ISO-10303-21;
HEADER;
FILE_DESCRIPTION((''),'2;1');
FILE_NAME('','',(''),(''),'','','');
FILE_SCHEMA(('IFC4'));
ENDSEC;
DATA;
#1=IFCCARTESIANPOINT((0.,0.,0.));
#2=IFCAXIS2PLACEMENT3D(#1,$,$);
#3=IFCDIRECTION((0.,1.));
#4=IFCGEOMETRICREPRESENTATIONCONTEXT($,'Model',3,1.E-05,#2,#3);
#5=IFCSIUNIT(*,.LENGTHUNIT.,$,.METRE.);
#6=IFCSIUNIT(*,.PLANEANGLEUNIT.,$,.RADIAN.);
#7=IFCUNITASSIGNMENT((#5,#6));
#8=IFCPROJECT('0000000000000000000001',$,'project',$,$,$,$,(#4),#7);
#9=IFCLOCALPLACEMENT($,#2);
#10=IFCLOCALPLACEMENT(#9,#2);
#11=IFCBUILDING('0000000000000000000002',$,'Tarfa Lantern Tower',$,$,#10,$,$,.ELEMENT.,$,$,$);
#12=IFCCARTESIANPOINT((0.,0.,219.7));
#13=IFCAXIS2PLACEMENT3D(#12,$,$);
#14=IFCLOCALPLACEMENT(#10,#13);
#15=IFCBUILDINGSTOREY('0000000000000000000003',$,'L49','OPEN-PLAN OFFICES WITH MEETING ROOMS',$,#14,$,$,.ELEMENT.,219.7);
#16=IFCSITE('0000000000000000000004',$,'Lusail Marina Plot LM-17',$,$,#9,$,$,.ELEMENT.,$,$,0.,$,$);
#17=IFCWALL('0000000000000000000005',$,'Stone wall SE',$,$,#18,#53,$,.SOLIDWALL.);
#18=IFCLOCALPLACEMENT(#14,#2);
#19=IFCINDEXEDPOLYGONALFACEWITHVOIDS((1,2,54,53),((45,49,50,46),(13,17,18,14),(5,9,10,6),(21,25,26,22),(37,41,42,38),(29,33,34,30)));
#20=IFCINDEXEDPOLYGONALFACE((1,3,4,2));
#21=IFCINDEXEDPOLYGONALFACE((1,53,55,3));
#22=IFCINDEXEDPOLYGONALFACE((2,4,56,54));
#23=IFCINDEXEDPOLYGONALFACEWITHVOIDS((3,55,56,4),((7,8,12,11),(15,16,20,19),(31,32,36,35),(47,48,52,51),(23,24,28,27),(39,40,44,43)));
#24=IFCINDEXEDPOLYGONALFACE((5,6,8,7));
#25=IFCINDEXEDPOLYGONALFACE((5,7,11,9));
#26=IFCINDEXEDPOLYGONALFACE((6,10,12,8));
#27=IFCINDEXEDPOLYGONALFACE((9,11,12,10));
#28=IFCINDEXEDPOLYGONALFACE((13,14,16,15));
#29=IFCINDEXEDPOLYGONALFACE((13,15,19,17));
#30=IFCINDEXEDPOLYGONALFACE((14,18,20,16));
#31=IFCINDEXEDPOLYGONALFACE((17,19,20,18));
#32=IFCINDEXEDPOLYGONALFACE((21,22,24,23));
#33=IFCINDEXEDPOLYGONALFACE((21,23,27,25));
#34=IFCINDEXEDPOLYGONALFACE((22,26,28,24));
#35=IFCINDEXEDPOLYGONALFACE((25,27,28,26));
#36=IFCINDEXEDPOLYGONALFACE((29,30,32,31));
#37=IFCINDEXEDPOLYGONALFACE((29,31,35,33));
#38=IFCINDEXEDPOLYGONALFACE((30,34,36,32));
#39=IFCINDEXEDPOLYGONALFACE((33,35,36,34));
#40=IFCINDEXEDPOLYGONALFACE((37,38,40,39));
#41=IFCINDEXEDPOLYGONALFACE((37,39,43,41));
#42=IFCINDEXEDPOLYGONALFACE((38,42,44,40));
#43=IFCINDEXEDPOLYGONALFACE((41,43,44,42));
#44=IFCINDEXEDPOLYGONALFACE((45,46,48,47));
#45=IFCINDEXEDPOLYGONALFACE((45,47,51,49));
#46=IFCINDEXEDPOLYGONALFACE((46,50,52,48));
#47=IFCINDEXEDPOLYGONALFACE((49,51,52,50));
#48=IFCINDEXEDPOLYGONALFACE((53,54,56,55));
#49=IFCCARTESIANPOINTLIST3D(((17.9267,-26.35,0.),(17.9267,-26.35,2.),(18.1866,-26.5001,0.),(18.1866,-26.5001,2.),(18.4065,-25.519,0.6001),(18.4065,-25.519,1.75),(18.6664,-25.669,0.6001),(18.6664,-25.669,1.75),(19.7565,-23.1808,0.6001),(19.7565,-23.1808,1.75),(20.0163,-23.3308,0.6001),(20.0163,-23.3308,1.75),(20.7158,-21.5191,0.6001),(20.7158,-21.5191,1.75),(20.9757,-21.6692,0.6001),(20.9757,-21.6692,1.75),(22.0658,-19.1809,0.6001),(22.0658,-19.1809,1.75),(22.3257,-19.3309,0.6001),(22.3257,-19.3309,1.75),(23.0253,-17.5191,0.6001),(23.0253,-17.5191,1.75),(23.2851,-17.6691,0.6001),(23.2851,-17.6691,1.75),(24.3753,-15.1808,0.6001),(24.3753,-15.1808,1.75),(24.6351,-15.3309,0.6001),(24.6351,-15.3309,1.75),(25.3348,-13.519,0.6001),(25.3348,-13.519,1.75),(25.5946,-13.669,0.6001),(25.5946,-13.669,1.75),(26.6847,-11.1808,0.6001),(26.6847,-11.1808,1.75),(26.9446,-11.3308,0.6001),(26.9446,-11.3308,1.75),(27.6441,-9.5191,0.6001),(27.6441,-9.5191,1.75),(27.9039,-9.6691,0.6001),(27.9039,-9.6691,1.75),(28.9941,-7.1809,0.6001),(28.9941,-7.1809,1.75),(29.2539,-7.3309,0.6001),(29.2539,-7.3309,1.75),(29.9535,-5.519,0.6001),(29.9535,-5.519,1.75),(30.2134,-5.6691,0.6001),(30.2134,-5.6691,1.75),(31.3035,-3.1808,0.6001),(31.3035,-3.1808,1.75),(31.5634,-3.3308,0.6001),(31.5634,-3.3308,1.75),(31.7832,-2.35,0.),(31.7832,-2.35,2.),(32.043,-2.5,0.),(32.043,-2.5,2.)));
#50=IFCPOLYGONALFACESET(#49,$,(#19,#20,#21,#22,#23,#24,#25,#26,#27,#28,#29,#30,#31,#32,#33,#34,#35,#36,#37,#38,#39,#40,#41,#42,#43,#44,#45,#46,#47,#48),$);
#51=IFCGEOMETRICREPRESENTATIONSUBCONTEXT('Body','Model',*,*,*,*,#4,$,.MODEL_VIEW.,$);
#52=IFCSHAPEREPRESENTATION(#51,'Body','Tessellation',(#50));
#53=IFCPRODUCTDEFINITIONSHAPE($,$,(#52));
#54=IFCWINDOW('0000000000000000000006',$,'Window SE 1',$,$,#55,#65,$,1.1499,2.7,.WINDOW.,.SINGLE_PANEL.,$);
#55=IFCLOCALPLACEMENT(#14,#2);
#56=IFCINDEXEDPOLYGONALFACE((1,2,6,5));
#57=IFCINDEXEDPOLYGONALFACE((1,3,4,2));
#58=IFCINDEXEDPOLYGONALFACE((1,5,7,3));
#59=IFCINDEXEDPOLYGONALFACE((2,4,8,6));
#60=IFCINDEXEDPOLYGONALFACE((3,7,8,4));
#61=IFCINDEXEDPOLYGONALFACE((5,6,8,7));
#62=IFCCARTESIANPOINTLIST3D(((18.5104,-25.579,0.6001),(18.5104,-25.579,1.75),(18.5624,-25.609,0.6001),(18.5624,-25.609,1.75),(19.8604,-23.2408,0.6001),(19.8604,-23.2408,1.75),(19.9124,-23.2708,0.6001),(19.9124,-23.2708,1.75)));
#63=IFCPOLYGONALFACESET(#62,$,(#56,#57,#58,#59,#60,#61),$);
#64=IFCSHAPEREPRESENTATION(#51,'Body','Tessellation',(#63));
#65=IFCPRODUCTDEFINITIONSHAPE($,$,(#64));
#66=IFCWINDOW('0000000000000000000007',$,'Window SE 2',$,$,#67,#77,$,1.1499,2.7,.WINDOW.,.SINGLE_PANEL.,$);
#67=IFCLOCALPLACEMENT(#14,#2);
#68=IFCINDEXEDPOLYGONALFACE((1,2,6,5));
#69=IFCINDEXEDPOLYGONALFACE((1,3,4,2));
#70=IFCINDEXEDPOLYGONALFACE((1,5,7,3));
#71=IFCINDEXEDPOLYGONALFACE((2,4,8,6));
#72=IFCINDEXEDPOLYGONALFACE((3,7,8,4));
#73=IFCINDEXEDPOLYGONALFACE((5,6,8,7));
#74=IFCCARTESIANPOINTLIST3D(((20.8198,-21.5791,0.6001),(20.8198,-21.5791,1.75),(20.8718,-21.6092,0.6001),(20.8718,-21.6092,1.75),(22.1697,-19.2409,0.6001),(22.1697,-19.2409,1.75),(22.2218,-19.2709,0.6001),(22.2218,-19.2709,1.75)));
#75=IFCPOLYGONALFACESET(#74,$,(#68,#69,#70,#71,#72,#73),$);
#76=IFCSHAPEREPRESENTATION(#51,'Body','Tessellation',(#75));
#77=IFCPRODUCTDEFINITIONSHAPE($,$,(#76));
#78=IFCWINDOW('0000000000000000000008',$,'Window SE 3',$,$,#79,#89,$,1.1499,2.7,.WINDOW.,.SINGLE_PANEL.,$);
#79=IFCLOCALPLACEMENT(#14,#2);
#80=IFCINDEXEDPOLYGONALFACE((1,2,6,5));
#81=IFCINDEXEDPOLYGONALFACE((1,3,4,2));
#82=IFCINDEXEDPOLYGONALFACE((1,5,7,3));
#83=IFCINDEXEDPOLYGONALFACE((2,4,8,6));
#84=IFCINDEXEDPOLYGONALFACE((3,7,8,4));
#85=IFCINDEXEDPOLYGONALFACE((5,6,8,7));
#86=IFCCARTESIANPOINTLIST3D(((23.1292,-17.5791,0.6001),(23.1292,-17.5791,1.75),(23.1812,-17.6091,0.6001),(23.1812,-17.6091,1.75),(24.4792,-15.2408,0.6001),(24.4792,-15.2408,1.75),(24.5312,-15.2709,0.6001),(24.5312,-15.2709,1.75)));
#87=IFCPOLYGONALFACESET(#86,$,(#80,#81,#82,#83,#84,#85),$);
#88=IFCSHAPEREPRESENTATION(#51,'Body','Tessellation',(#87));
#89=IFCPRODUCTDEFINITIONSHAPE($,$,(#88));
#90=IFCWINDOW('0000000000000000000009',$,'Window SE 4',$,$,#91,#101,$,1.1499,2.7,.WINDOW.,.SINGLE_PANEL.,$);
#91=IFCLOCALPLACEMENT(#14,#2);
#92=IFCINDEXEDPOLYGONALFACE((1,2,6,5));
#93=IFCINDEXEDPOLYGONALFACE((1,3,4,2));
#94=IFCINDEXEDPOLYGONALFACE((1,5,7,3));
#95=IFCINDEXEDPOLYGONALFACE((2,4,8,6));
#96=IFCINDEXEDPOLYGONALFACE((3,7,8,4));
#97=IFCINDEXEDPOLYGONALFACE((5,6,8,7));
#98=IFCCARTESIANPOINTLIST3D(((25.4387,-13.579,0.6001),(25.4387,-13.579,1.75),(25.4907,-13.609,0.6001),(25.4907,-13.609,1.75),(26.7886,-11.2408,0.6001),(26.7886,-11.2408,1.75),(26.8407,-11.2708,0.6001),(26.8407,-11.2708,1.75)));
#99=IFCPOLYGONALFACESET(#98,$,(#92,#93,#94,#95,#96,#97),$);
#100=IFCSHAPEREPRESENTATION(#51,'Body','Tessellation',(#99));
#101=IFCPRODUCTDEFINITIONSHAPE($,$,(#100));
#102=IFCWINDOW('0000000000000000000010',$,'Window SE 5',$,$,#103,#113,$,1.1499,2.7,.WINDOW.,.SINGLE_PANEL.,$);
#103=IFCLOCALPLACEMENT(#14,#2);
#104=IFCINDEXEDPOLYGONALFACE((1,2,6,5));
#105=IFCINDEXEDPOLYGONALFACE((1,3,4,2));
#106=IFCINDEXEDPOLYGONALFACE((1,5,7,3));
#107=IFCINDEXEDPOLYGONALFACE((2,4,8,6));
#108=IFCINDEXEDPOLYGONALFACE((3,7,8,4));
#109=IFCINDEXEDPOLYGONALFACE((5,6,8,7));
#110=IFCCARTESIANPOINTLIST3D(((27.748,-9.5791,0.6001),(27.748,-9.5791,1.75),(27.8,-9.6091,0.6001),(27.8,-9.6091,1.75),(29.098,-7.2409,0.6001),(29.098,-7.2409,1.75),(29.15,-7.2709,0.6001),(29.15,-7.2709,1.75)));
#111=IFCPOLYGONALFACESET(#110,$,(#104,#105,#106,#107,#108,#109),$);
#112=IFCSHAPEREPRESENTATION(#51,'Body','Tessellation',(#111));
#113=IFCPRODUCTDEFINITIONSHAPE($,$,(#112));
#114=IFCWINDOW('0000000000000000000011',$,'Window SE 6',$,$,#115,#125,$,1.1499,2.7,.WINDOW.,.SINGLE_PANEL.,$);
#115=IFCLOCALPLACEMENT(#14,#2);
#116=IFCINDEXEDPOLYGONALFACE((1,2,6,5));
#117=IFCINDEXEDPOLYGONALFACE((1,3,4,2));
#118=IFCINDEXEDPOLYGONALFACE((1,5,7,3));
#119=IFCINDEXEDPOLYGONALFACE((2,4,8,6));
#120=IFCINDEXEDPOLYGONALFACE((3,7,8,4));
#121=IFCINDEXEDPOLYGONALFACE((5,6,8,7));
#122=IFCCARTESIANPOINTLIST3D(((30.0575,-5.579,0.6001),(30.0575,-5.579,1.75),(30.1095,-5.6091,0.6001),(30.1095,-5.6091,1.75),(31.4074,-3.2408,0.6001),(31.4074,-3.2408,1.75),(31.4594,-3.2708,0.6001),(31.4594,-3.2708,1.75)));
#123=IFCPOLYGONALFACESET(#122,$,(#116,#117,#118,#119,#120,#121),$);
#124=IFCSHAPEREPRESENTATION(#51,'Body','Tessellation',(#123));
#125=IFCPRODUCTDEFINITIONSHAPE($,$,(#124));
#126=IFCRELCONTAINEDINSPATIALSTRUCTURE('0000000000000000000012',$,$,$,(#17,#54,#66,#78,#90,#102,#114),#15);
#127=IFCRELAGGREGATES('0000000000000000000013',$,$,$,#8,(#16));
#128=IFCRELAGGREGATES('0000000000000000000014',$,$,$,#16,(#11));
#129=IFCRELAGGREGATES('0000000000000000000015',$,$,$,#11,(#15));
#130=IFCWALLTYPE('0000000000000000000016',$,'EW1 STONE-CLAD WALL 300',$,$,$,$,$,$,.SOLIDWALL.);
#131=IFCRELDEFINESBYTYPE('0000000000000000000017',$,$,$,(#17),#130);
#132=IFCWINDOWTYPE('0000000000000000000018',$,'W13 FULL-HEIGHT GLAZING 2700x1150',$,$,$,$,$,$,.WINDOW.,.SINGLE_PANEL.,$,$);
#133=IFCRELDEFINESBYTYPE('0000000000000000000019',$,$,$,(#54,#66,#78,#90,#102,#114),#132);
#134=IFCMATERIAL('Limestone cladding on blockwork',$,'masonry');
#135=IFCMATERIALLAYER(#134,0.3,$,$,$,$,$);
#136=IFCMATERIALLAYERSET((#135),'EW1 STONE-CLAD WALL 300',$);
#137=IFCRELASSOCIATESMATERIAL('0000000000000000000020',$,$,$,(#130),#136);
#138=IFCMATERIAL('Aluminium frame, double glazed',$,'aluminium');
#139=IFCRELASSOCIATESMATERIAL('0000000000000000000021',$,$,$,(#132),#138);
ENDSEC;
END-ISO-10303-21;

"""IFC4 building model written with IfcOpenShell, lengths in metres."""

from ifc_helpers import new_model, si_unit, direction, frame, frame_2d, origin, place, context, subcontext, project, spatial, rectangle, extrude, material, layer, layer_set, type_object, element, fill, save


model = new_model("IFC4")

# Units and contexts
model_context = context("Model", 3, precision=1e-05, world=origin(), true_north=direction((0.0, 1.0)))
body_context = subcontext(model_context, "Body", "Model", "MODEL_VIEW")
ifc_project = project(units=[si_unit("LENGTHUNIT", "METRE"), si_unit("PLANEANGLEUNIT", "RADIAN")], contexts=[model_context])

# Site, building, storey
site_placement = place(None, origin())
site = spatial("IfcSite", under=ifc_project, at=site_placement, Name="Lusail Marina Plot LM-17", CompositionType="ELEMENT", RefElevation=0.0)
building_placement = place(site_placement, origin())
building = spatial("IfcBuilding", under=site, at=building_placement, Name="Tarfa Lantern Tower", CompositionType="ELEMENT")
storey_placement = place(building_placement, frame((0.0, 0.0, 219.7)))
storey = spatial("IfcBuildingStorey", under=building, at=storey_placement, Name="L49", Description="OPEN-PLAN OFFICES WITH MEETING ROOMS", CompositionType="ELEMENT", Elevation=219.7)

# Wall, openings, windows
ifc_material_1 = material(Name="Limestone cladding on blockwork", Category="masonry")
ifc_layer_1 = layer(ifc_material_1, 0.3)
ifc_layer_set_1 = layer_set([ifc_layer_1], Name="EW1 STONE-CLAD WALL 300")
wall_type = type_object("IfcWallType", Name="EW1 STONE-CLAD WALL 300", PredefinedType="SOLIDWALL", material=ifc_layer_set_1)
wall_placement = place(storey_placement, frame((18.0566, -26.425, 0.0), z_axis=(0.0, 0.0, 1.0), x_axis=(0.500001, 0.866025, 0.0)))
wall = element("IfcWall", 1, at=wall_placement, inside=storey, type_object=wall_type, Name="Stone wall SE", PredefinedType="SOLIDWALL", context=body_context, shape_type="SweptSolid", body=[
    extrude(rectangle(XDim=27.7129, YDim=0.3, at=frame_2d((13.8564, 0.0))), origin(), (0.0, 0.0, 1.0), 2.0),
])
opening_1_placement = place(wall_placement, frame((0.9595, 0.0, 0.6001)))
opening_1 = element("IfcOpeningElement", 2, at=opening_1_placement, cuts=wall, PredefinedType="OPENING", context=body_context, shape_type="SweptSolid", body=[
    extrude(rectangle(XDim=2.7, YDim=1.1499, at=frame_2d((1.3501, 0.575))), frame((0.0, 0.1599, 0.0), z_axis=(0.0, -1.0, 0.0), x_axis=(1.0, 0.0, 0.0)), (0.0, 0.0, 1.0), 0.3201),
])
opening_2_placement = place(wall_placement, frame((5.5781, 0.0, 0.6001)))
opening_2 = element("IfcOpeningElement", 3, at=opening_2_placement, cuts=wall, PredefinedType="OPENING", context=body_context, shape_type="SweptSolid", body=[
    extrude(rectangle(XDim=2.7, YDim=1.1499, at=frame_2d((1.3501, 0.575))), frame((0.0, 0.1599, 0.0), z_axis=(0.0, -1.0, 0.0), x_axis=(1.0, 0.0, 0.0)), (0.0, 0.0, 1.0), 0.3201),
])
opening_3_placement = place(wall_placement, frame((10.197, 0.0, 0.6001)))
opening_3 = element("IfcOpeningElement", 4, at=opening_3_placement, cuts=wall, PredefinedType="OPENING", context=body_context, shape_type="SweptSolid", body=[
    extrude(rectangle(XDim=2.7, YDim=1.1499, at=frame_2d((1.3501, 0.575))), frame((0.0, 0.1599, 0.0), z_axis=(0.0, -1.0, 0.0), x_axis=(1.0, 0.0, 0.0)), (0.0, 0.0, 1.0), 0.3201),
])
opening_4_placement = place(wall_placement, frame((14.8159, 0.0, 0.6001)))
opening_4 = element("IfcOpeningElement", 5, at=opening_4_placement, cuts=wall, PredefinedType="OPENING", context=body_context, shape_type="SweptSolid", body=[
    extrude(rectangle(XDim=2.7, YDim=1.1499, at=frame_2d((1.3501, 0.575))), frame((0.0, 0.1599, 0.0), z_axis=(0.0, -1.0, 0.0), x_axis=(1.0, 0.0, 0.0)), (0.0, 0.0, 1.0), 0.3201),
])
opening_5_placement = place(wall_placement, frame((19.4346, 0.0, 0.6001)))
opening_5 = element("IfcOpeningElement", 6, at=opening_5_placement, cuts=wall, PredefinedType="OPENING", context=body_context, shape_type="SweptSolid", body=[
    extrude(rectangle(XDim=2.7, YDim=1.1499, at=frame_2d((1.3501, 0.575))), frame((0.0, 0.1599, 0.0), z_axis=(0.0, -1.0, 0.0), x_axis=(1.0, 0.0, 0.0)), (0.0, 0.0, 1.0), 0.3201),
])
opening_6_placement = place(wall_placement, frame((24.0535, 0.0, 0.6001)))
opening_6 = element("IfcOpeningElement", 7, at=opening_6_placement, cuts=wall, PredefinedType="OPENING", context=body_context, shape_type="SweptSolid", body=[
    extrude(rectangle(XDim=2.7, YDim=1.1499, at=frame_2d((1.3501, 0.575))), frame((0.0, 0.1599, 0.0), z_axis=(0.0, -1.0, 0.0), x_axis=(1.0, 0.0, 0.0)), (0.0, 0.0, 1.0), 0.3201),
])
ifc_material_2 = material(Name="Aluminium frame, double glazed", Category="aluminium")
window_type = type_object("IfcWindowType", Name="W13 FULL-HEIGHT GLAZING 2700x1150", PartitioningType="SINGLE_PANEL", PredefinedType="WINDOW", material=ifc_material_2)
window_1_placement = place(opening_1_placement, origin())
window_1 = element("IfcWindow", 8, at=window_1_placement, inside=storey, type_object=window_type, Name="Window SE 1", OverallHeight=1.1499, OverallWidth=2.7, PartitioningType="SINGLE_PANEL", PredefinedType="WINDOW", context=body_context, shape_type="SweptSolid", body=[
    extrude(rectangle(XDim=2.7, YDim=1.1499, at=frame_2d((1.3501, 0.575))), frame((0.0, 0.03, 0.0), z_axis=(0.0, -1.0, 0.0), x_axis=(1.0, 0.0, 0.0)), (0.0, 0.0, 1.0), 0.0601),
])
fill(opening_1, window_1)
window_2_placement = place(opening_2_placement, origin())
window_2 = element("IfcWindow", 9, at=window_2_placement, inside=storey, type_object=window_type, Name="Window SE 2", OverallHeight=1.1499, OverallWidth=2.7, PartitioningType="SINGLE_PANEL", PredefinedType="WINDOW", context=body_context, shape_type="SweptSolid", body=[
    extrude(rectangle(XDim=2.7, YDim=1.1499, at=frame_2d((1.3501, 0.575))), frame((0.0, 0.03, 0.0), z_axis=(0.0, -1.0, 0.0), x_axis=(1.0, 0.0, 0.0)), (0.0, 0.0, 1.0), 0.0601),
])
fill(opening_2, window_2)
window_3_placement = place(opening_3_placement, origin())
window_3 = element("IfcWindow", 10, at=window_3_placement, inside=storey, type_object=window_type, Name="Window SE 3", OverallHeight=1.1499, OverallWidth=2.7, PartitioningType="SINGLE_PANEL", PredefinedType="WINDOW", context=body_context, shape_type="SweptSolid", body=[
    extrude(rectangle(XDim=2.7, YDim=1.1499, at=frame_2d((1.3501, 0.575))), frame((0.0, 0.03, 0.0), z_axis=(0.0, -1.0, 0.0), x_axis=(1.0, 0.0, 0.0)), (0.0, 0.0, 1.0), 0.0601),
])
fill(opening_3, window_3)
window_4_placement = place(opening_4_placement, origin())
window_4 = element("IfcWindow", 11, at=window_4_placement, inside=storey, type_object=window_type, Name="Window SE 4", OverallHeight=1.1499, OverallWidth=2.7, PartitioningType="SINGLE_PANEL", PredefinedType="WINDOW", context=body_context, shape_type="SweptSolid", body=[
    extrude(rectangle(XDim=2.7, YDim=1.1499, at=frame_2d((1.3501, 0.575))), frame((0.0, 0.03, 0.0), z_axis=(0.0, -1.0, 0.0), x_axis=(1.0, 0.0, 0.0)), (0.0, 0.0, 1.0), 0.0601),
])
fill(opening_4, window_4)
window_5_placement = place(opening_5_placement, origin())
window_5 = element("IfcWindow", 12, at=window_5_placement, inside=storey, type_object=window_type, Name="Window SE 5", OverallHeight=1.1499, OverallWidth=2.7, PartitioningType="SINGLE_PANEL", PredefinedType="WINDOW", context=body_context, shape_type="SweptSolid", body=[
    extrude(rectangle(XDim=2.7, YDim=1.1499, at=frame_2d((1.3501, 0.575))), frame((0.0, 0.03, 0.0), z_axis=(0.0, -1.0, 0.0), x_axis=(1.0, 0.0, 0.0)), (0.0, 0.0, 1.0), 0.0601),
])
fill(opening_5, window_5)
window_6_placement = place(opening_6_placement, origin())
window_6 = element("IfcWindow", 13, at=window_6_placement, inside=storey, type_object=window_type, Name="Window SE 6", OverallHeight=1.1499, OverallWidth=2.7, PartitioningType="SINGLE_PANEL", PredefinedType="WINDOW", context=body_context, shape_type="SweptSolid", body=[
    extrude(rectangle(XDim=2.7, YDim=1.1499, at=frame_2d((1.3501, 0.575))), frame((0.0, 0.03, 0.0), z_axis=(0.0, -1.0, 0.0), x_axis=(1.0, 0.0, 0.0)), (0.0, 0.0, 1.0), 0.0601),
])
fill(opening_6, window_6)

save(model, "model.ifc")
